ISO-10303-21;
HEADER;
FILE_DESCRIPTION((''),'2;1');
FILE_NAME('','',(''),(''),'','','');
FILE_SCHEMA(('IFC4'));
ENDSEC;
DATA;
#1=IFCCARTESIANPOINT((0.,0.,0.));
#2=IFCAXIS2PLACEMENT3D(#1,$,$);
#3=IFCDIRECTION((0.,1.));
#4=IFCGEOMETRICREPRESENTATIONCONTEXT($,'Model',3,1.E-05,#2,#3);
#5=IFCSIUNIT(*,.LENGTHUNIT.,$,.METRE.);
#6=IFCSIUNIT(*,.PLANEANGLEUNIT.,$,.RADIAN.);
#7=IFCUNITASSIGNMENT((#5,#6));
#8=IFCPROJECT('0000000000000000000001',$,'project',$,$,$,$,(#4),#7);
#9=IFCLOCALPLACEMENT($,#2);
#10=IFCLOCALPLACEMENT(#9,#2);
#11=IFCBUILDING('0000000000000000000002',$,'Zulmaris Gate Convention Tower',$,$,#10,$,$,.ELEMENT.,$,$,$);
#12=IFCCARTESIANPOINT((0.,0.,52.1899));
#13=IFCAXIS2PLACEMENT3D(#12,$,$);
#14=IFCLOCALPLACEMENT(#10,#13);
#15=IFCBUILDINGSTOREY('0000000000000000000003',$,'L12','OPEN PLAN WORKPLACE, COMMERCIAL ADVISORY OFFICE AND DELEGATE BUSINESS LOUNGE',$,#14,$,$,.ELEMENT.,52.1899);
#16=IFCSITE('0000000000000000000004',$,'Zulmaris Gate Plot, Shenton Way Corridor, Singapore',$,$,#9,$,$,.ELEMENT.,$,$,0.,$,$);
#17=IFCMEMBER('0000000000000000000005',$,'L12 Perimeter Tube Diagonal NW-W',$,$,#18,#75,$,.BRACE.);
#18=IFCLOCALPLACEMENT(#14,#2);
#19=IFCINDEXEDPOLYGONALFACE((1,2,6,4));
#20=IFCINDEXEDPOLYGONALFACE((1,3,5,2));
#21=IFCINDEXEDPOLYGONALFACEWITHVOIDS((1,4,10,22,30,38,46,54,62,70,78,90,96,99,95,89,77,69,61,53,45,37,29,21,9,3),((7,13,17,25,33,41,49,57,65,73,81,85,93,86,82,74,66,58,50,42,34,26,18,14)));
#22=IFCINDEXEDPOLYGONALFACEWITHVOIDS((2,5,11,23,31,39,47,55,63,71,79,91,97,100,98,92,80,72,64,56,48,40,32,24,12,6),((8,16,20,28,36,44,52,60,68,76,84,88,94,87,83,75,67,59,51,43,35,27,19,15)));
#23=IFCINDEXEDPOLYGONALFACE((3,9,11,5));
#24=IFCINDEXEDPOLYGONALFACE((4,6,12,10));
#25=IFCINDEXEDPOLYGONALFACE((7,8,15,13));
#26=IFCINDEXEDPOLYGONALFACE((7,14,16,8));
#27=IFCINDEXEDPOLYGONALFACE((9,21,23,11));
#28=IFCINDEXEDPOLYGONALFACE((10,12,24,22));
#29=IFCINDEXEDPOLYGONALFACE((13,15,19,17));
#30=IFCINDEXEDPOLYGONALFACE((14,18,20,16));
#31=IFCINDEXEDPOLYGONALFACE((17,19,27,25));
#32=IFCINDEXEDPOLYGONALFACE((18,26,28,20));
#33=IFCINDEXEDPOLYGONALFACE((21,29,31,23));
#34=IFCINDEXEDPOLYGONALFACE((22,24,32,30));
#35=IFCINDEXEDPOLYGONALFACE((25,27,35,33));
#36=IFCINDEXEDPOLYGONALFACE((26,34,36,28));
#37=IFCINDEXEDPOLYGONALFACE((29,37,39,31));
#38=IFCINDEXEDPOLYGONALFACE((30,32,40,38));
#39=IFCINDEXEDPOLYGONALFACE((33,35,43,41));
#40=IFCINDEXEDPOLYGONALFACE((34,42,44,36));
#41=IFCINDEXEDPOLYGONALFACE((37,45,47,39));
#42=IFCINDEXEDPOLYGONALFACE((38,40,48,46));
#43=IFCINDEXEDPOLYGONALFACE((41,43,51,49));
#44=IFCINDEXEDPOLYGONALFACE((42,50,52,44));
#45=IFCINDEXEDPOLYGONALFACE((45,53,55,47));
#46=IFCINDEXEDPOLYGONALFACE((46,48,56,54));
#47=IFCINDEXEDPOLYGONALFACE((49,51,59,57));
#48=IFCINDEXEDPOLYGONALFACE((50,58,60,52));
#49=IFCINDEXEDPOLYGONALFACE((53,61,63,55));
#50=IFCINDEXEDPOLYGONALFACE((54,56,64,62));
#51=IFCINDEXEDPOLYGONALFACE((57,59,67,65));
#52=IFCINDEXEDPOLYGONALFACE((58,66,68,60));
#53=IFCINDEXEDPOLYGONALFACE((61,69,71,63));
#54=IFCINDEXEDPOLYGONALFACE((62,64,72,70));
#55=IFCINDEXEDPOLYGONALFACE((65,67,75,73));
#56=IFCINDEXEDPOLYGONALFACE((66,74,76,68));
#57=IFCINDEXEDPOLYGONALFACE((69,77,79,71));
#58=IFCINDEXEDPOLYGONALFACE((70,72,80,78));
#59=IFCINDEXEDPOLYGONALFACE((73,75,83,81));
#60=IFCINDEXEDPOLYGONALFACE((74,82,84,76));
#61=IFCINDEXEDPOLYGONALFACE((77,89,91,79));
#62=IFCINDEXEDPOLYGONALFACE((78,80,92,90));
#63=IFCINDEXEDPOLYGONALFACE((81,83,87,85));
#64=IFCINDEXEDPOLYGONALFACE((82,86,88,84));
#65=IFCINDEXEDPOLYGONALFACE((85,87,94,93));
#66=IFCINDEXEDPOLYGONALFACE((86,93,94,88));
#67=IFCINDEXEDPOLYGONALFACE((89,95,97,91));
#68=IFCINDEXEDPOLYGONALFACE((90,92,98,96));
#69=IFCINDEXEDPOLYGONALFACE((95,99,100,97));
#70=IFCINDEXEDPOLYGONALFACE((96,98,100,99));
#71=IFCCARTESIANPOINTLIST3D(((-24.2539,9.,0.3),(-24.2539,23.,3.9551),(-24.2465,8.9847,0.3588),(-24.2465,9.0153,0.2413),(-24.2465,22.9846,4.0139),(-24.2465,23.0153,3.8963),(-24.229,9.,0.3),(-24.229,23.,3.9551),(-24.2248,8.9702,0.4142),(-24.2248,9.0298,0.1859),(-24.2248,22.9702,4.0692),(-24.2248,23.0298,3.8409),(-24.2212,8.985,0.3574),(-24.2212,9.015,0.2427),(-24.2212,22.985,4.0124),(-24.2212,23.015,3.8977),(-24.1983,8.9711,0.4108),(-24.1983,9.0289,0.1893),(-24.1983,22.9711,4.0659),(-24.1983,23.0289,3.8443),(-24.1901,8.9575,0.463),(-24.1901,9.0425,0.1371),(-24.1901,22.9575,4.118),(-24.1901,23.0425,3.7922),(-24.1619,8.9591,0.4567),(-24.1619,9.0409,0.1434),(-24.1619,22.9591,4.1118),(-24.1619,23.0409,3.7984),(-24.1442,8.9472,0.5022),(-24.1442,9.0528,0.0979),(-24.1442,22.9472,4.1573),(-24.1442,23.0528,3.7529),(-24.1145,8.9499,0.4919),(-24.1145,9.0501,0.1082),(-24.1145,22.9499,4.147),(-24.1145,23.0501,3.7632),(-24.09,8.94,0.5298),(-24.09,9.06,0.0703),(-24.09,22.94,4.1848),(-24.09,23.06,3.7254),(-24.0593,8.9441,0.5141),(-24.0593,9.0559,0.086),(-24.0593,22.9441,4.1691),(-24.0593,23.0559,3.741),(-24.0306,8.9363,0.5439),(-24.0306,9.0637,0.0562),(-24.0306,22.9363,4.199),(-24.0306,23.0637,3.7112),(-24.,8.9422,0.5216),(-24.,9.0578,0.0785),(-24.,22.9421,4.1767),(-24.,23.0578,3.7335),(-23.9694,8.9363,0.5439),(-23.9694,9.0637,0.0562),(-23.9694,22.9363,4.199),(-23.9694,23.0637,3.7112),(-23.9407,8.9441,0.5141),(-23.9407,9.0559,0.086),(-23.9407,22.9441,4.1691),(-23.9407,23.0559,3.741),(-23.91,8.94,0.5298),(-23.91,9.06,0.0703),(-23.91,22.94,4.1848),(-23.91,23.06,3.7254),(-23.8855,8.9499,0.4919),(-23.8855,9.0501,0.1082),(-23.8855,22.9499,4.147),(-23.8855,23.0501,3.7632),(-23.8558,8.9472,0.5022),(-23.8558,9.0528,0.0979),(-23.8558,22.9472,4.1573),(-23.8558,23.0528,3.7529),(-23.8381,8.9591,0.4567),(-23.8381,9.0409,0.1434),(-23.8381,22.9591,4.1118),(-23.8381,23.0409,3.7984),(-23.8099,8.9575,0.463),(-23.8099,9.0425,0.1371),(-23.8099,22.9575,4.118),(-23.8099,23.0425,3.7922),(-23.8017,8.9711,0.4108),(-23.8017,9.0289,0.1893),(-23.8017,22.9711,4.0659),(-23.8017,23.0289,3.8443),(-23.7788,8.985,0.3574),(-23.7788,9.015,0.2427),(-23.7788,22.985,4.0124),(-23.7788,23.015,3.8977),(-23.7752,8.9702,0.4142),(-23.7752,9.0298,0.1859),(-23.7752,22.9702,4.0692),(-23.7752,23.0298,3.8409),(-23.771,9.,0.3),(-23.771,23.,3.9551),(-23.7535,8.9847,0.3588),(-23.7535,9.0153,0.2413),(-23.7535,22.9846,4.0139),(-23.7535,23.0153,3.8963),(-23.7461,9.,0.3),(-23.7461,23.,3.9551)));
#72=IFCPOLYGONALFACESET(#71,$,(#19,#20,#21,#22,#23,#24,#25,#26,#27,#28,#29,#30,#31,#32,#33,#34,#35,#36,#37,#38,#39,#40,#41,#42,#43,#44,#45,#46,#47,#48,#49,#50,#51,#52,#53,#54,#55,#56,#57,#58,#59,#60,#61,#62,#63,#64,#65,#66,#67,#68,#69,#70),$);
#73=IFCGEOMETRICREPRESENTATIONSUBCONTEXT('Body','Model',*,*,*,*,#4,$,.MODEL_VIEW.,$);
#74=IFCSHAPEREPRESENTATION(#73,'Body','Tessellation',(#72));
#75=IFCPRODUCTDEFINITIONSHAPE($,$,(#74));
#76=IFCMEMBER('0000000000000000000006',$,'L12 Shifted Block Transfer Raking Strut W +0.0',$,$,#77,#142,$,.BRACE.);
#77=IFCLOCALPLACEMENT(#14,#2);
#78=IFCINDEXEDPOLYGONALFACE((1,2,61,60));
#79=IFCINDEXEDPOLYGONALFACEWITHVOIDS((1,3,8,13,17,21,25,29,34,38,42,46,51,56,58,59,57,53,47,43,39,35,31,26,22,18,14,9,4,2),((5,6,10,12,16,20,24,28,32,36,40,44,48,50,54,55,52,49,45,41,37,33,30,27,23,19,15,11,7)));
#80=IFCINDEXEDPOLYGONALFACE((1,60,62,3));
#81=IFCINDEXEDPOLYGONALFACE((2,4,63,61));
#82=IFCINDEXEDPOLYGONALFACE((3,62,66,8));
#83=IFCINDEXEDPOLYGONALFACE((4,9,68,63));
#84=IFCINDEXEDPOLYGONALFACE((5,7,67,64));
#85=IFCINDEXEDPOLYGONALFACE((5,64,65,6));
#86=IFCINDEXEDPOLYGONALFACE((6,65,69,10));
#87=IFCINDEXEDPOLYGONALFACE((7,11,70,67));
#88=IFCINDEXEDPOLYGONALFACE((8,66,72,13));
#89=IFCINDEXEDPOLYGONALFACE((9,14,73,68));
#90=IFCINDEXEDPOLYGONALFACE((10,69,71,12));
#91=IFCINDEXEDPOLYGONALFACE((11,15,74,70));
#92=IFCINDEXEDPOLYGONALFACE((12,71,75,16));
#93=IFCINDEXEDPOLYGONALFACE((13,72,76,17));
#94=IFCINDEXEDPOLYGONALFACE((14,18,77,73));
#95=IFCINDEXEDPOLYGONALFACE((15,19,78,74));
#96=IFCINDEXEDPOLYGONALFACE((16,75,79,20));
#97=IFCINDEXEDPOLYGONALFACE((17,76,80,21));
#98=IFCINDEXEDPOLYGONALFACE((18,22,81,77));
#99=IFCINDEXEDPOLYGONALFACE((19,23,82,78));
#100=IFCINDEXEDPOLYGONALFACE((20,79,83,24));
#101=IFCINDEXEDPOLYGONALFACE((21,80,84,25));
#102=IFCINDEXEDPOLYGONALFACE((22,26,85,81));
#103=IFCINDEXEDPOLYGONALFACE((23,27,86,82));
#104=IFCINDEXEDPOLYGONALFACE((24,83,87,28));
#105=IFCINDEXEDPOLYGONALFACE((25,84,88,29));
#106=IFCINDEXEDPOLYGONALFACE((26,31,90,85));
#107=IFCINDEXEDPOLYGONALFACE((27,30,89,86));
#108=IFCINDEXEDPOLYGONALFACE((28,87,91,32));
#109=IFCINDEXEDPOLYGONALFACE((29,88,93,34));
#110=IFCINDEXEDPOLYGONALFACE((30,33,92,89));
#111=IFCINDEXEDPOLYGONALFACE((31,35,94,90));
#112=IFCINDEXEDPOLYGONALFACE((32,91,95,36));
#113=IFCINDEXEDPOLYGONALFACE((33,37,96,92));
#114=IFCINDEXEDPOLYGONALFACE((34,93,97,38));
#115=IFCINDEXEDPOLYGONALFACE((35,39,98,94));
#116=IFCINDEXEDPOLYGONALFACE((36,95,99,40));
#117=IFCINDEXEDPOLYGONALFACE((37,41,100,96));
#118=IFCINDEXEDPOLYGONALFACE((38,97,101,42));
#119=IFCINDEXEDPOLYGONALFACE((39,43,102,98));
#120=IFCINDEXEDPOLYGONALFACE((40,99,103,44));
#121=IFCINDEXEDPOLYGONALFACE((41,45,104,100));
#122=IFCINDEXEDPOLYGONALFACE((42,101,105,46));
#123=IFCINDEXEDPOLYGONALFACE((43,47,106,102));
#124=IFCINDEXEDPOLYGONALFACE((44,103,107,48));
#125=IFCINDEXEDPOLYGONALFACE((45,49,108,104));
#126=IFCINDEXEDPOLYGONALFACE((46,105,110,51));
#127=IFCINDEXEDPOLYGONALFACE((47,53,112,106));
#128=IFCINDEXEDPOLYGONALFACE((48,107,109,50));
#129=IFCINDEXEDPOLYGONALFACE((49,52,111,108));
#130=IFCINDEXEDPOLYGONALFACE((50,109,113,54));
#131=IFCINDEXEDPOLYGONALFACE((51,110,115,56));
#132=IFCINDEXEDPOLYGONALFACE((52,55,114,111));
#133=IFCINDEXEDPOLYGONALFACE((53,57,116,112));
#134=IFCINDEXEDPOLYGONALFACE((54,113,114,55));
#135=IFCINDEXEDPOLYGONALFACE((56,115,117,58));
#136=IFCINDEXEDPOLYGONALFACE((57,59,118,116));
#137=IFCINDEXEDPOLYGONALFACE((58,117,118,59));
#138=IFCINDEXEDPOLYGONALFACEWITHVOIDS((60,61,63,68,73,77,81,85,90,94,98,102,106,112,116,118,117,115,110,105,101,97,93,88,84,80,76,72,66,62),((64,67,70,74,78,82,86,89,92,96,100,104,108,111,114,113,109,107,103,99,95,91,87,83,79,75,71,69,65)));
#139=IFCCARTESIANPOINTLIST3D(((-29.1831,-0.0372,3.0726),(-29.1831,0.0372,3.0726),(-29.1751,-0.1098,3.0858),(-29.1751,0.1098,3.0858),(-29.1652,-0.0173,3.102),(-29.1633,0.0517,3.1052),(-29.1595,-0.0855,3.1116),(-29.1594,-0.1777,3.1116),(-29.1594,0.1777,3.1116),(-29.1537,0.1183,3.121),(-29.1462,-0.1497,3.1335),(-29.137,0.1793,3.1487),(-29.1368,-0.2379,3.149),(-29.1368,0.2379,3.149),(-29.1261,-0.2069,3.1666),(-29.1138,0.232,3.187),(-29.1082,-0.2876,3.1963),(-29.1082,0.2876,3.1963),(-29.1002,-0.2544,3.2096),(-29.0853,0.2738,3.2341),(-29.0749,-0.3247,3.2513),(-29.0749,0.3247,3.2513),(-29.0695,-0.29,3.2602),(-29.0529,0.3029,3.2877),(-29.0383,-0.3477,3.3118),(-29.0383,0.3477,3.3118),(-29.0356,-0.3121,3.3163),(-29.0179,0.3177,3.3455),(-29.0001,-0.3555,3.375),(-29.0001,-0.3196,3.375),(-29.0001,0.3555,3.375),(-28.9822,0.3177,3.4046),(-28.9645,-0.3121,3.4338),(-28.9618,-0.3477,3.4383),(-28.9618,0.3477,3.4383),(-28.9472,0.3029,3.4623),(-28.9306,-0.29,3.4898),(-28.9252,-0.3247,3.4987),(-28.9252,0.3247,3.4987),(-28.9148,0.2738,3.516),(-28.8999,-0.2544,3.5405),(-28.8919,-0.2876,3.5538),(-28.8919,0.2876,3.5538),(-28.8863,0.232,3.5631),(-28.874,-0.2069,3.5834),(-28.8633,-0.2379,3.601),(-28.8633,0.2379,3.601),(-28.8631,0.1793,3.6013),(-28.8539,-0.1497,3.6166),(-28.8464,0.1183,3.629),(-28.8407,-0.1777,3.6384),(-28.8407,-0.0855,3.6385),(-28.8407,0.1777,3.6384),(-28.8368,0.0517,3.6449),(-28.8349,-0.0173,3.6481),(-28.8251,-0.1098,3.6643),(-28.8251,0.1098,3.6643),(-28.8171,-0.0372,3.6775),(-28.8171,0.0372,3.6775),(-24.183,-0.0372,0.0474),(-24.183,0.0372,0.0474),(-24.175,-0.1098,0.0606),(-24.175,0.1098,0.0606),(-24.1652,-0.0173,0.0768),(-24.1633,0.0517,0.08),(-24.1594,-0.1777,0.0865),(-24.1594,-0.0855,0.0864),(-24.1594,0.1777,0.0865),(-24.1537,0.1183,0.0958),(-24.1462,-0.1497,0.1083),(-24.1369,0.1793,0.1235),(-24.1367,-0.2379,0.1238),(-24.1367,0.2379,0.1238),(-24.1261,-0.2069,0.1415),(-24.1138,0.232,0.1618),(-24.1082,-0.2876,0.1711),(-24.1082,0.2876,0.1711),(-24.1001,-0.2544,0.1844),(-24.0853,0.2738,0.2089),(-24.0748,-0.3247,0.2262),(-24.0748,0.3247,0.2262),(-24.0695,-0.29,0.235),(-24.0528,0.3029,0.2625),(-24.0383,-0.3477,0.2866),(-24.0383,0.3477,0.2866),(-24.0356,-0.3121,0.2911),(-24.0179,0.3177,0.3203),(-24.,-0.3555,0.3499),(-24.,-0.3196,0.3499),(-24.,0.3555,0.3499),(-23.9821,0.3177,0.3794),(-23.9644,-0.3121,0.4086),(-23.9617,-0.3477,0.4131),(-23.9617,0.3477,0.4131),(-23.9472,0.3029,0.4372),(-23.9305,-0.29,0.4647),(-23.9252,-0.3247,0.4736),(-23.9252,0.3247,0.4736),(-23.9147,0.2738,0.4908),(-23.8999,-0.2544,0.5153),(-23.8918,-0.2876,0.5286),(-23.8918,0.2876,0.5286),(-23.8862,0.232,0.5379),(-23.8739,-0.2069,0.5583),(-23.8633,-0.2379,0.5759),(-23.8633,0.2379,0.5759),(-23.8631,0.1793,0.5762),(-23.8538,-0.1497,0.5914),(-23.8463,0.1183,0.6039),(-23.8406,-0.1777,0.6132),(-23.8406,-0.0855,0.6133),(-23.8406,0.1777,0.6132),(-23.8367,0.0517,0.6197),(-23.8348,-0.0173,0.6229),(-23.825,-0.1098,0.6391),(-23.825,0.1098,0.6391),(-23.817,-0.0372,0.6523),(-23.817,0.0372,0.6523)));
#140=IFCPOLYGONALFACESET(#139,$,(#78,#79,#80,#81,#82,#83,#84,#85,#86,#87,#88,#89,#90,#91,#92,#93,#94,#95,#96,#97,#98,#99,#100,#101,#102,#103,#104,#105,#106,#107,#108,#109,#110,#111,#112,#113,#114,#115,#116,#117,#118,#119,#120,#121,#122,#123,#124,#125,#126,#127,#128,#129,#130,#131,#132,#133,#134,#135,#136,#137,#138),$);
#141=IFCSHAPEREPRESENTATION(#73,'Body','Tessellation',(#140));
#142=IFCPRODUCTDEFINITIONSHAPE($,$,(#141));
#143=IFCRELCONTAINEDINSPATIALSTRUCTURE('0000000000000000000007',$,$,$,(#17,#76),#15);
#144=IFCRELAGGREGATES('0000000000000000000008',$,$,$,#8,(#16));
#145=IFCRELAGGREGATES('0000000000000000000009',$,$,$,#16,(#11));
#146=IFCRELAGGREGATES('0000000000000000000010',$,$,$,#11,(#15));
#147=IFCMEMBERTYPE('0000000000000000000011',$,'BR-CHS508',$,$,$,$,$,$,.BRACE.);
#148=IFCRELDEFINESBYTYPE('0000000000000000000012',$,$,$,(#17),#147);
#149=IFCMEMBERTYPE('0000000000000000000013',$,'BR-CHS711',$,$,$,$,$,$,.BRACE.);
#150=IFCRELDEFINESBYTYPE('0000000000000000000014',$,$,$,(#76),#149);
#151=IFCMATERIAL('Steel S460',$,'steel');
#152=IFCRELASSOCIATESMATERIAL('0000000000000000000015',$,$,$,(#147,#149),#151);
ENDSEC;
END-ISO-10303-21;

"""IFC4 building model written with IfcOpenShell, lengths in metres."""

from ifc_helpers import new_model, si_unit, direction, frame, origin, origin_2d, place, context, subcontext, project, spatial, hollow_circle, extrude, material, material_profile, profile_set, type_object, element, save


model = new_model("IFC4")

# Units and contexts
model_context = context("Model", 3, precision=1e-05, world=origin(), true_north=direction((0.0, 1.0)))
body_context = subcontext(model_context, "Body", "Model", "MODEL_VIEW")
ifc_project = project(units=[si_unit("LENGTHUNIT", "METRE"), si_unit("PLANEANGLEUNIT", "RADIAN")], contexts=[model_context])

# Site, building, storey
site_placement = place(None, origin())
site = spatial("IfcSite", under=ifc_project, at=site_placement, Name="Zulmaris Gate Plot, Shenton Way Corridor, Singapore", CompositionType="ELEMENT", RefElevation=0.0)
building_placement = place(site_placement, origin())
building = spatial("IfcBuilding", under=site, at=building_placement, Name="Zulmaris Gate Convention Tower", CompositionType="ELEMENT")
storey_placement = place(building_placement, frame((0.0, 0.0, 52.1899)))
storey = spatial("IfcBuildingStorey", under=building, at=storey_placement, Name="L12", Description="OPEN PLAN WORKPLACE, COMMERCIAL ADVISORY OFFICE AND DELEGATE BUSINESS LOUNGE", CompositionType="ELEMENT", Elevation=52.1899)

# Members
ifc_material_1 = material(Name="Steel S460", Category="steel")
ifc_material_profile_1 = material_profile(ifc_material_1, hollow_circle(Radius=0.2539, WallThickness=0.0249, at=origin_2d()), Name="CHS 508x25")
ifc_profile_set_1 = profile_set([ifc_material_profile_1], Name="Steel S460")
member_type_1 = type_object("IfcMemberType", Name="BR-CHS508", PredefinedType="BRACE", material=ifc_profile_set_1)
member_placement = place(storey_placement, frame((-24.0, 9.0, 0.3), z_axis=(0.0, 0.967569, 0.252607), x_axis=(-1.0, 0.0, 0.0)))
element("IfcMember", 1, at=member_placement, inside=storey, type_object=member_type_1, Name="L12 Perimeter Tube Diagonal NW-W", PredefinedType="BRACE", context=body_context, shape_type="SweptSolid", body=[
    extrude(hollow_circle(Radius=0.2539, WallThickness=0.0249, at=origin_2d()), origin(), (0.0, 0.0, 1.0), 14.4692),
])
ifc_material_profile_2 = material_profile(ifc_material_1, hollow_circle(Radius=0.3555, WallThickness=0.0359, at=origin_2d()), Name="CHS 711x36")
ifc_profile_set_2 = profile_set([ifc_material_profile_2], Name="Steel S460")
member_type_2 = type_object("IfcMemberType", Name="BR-CHS711", PredefinedType="BRACE", material=ifc_profile_set_2)
for number, where, z_axis, x_axis, name in (
    (2, (-24.0, 0.0, 0.3499), (-0.855589, 0.0, 0.517656), (0.0, -1.0, 0.0), "L12 Shifted Block Transfer Raking Strut W +0.0"),
):
    element("IfcMember", number, at=place(storey_placement, frame(where, z_axis=z_axis, x_axis=x_axis)), inside=storey, type_object=member_type_2, Name=name, PredefinedType="BRACE", context=body_context, shape_type="SweptSolid", body=[
        extrude(hollow_circle(Radius=0.3555, WallThickness=0.0359, at=origin_2d()), origin(), (0.0, 0.0, 1.0), 5.844),
    ])

save(model, "model.ifc")
